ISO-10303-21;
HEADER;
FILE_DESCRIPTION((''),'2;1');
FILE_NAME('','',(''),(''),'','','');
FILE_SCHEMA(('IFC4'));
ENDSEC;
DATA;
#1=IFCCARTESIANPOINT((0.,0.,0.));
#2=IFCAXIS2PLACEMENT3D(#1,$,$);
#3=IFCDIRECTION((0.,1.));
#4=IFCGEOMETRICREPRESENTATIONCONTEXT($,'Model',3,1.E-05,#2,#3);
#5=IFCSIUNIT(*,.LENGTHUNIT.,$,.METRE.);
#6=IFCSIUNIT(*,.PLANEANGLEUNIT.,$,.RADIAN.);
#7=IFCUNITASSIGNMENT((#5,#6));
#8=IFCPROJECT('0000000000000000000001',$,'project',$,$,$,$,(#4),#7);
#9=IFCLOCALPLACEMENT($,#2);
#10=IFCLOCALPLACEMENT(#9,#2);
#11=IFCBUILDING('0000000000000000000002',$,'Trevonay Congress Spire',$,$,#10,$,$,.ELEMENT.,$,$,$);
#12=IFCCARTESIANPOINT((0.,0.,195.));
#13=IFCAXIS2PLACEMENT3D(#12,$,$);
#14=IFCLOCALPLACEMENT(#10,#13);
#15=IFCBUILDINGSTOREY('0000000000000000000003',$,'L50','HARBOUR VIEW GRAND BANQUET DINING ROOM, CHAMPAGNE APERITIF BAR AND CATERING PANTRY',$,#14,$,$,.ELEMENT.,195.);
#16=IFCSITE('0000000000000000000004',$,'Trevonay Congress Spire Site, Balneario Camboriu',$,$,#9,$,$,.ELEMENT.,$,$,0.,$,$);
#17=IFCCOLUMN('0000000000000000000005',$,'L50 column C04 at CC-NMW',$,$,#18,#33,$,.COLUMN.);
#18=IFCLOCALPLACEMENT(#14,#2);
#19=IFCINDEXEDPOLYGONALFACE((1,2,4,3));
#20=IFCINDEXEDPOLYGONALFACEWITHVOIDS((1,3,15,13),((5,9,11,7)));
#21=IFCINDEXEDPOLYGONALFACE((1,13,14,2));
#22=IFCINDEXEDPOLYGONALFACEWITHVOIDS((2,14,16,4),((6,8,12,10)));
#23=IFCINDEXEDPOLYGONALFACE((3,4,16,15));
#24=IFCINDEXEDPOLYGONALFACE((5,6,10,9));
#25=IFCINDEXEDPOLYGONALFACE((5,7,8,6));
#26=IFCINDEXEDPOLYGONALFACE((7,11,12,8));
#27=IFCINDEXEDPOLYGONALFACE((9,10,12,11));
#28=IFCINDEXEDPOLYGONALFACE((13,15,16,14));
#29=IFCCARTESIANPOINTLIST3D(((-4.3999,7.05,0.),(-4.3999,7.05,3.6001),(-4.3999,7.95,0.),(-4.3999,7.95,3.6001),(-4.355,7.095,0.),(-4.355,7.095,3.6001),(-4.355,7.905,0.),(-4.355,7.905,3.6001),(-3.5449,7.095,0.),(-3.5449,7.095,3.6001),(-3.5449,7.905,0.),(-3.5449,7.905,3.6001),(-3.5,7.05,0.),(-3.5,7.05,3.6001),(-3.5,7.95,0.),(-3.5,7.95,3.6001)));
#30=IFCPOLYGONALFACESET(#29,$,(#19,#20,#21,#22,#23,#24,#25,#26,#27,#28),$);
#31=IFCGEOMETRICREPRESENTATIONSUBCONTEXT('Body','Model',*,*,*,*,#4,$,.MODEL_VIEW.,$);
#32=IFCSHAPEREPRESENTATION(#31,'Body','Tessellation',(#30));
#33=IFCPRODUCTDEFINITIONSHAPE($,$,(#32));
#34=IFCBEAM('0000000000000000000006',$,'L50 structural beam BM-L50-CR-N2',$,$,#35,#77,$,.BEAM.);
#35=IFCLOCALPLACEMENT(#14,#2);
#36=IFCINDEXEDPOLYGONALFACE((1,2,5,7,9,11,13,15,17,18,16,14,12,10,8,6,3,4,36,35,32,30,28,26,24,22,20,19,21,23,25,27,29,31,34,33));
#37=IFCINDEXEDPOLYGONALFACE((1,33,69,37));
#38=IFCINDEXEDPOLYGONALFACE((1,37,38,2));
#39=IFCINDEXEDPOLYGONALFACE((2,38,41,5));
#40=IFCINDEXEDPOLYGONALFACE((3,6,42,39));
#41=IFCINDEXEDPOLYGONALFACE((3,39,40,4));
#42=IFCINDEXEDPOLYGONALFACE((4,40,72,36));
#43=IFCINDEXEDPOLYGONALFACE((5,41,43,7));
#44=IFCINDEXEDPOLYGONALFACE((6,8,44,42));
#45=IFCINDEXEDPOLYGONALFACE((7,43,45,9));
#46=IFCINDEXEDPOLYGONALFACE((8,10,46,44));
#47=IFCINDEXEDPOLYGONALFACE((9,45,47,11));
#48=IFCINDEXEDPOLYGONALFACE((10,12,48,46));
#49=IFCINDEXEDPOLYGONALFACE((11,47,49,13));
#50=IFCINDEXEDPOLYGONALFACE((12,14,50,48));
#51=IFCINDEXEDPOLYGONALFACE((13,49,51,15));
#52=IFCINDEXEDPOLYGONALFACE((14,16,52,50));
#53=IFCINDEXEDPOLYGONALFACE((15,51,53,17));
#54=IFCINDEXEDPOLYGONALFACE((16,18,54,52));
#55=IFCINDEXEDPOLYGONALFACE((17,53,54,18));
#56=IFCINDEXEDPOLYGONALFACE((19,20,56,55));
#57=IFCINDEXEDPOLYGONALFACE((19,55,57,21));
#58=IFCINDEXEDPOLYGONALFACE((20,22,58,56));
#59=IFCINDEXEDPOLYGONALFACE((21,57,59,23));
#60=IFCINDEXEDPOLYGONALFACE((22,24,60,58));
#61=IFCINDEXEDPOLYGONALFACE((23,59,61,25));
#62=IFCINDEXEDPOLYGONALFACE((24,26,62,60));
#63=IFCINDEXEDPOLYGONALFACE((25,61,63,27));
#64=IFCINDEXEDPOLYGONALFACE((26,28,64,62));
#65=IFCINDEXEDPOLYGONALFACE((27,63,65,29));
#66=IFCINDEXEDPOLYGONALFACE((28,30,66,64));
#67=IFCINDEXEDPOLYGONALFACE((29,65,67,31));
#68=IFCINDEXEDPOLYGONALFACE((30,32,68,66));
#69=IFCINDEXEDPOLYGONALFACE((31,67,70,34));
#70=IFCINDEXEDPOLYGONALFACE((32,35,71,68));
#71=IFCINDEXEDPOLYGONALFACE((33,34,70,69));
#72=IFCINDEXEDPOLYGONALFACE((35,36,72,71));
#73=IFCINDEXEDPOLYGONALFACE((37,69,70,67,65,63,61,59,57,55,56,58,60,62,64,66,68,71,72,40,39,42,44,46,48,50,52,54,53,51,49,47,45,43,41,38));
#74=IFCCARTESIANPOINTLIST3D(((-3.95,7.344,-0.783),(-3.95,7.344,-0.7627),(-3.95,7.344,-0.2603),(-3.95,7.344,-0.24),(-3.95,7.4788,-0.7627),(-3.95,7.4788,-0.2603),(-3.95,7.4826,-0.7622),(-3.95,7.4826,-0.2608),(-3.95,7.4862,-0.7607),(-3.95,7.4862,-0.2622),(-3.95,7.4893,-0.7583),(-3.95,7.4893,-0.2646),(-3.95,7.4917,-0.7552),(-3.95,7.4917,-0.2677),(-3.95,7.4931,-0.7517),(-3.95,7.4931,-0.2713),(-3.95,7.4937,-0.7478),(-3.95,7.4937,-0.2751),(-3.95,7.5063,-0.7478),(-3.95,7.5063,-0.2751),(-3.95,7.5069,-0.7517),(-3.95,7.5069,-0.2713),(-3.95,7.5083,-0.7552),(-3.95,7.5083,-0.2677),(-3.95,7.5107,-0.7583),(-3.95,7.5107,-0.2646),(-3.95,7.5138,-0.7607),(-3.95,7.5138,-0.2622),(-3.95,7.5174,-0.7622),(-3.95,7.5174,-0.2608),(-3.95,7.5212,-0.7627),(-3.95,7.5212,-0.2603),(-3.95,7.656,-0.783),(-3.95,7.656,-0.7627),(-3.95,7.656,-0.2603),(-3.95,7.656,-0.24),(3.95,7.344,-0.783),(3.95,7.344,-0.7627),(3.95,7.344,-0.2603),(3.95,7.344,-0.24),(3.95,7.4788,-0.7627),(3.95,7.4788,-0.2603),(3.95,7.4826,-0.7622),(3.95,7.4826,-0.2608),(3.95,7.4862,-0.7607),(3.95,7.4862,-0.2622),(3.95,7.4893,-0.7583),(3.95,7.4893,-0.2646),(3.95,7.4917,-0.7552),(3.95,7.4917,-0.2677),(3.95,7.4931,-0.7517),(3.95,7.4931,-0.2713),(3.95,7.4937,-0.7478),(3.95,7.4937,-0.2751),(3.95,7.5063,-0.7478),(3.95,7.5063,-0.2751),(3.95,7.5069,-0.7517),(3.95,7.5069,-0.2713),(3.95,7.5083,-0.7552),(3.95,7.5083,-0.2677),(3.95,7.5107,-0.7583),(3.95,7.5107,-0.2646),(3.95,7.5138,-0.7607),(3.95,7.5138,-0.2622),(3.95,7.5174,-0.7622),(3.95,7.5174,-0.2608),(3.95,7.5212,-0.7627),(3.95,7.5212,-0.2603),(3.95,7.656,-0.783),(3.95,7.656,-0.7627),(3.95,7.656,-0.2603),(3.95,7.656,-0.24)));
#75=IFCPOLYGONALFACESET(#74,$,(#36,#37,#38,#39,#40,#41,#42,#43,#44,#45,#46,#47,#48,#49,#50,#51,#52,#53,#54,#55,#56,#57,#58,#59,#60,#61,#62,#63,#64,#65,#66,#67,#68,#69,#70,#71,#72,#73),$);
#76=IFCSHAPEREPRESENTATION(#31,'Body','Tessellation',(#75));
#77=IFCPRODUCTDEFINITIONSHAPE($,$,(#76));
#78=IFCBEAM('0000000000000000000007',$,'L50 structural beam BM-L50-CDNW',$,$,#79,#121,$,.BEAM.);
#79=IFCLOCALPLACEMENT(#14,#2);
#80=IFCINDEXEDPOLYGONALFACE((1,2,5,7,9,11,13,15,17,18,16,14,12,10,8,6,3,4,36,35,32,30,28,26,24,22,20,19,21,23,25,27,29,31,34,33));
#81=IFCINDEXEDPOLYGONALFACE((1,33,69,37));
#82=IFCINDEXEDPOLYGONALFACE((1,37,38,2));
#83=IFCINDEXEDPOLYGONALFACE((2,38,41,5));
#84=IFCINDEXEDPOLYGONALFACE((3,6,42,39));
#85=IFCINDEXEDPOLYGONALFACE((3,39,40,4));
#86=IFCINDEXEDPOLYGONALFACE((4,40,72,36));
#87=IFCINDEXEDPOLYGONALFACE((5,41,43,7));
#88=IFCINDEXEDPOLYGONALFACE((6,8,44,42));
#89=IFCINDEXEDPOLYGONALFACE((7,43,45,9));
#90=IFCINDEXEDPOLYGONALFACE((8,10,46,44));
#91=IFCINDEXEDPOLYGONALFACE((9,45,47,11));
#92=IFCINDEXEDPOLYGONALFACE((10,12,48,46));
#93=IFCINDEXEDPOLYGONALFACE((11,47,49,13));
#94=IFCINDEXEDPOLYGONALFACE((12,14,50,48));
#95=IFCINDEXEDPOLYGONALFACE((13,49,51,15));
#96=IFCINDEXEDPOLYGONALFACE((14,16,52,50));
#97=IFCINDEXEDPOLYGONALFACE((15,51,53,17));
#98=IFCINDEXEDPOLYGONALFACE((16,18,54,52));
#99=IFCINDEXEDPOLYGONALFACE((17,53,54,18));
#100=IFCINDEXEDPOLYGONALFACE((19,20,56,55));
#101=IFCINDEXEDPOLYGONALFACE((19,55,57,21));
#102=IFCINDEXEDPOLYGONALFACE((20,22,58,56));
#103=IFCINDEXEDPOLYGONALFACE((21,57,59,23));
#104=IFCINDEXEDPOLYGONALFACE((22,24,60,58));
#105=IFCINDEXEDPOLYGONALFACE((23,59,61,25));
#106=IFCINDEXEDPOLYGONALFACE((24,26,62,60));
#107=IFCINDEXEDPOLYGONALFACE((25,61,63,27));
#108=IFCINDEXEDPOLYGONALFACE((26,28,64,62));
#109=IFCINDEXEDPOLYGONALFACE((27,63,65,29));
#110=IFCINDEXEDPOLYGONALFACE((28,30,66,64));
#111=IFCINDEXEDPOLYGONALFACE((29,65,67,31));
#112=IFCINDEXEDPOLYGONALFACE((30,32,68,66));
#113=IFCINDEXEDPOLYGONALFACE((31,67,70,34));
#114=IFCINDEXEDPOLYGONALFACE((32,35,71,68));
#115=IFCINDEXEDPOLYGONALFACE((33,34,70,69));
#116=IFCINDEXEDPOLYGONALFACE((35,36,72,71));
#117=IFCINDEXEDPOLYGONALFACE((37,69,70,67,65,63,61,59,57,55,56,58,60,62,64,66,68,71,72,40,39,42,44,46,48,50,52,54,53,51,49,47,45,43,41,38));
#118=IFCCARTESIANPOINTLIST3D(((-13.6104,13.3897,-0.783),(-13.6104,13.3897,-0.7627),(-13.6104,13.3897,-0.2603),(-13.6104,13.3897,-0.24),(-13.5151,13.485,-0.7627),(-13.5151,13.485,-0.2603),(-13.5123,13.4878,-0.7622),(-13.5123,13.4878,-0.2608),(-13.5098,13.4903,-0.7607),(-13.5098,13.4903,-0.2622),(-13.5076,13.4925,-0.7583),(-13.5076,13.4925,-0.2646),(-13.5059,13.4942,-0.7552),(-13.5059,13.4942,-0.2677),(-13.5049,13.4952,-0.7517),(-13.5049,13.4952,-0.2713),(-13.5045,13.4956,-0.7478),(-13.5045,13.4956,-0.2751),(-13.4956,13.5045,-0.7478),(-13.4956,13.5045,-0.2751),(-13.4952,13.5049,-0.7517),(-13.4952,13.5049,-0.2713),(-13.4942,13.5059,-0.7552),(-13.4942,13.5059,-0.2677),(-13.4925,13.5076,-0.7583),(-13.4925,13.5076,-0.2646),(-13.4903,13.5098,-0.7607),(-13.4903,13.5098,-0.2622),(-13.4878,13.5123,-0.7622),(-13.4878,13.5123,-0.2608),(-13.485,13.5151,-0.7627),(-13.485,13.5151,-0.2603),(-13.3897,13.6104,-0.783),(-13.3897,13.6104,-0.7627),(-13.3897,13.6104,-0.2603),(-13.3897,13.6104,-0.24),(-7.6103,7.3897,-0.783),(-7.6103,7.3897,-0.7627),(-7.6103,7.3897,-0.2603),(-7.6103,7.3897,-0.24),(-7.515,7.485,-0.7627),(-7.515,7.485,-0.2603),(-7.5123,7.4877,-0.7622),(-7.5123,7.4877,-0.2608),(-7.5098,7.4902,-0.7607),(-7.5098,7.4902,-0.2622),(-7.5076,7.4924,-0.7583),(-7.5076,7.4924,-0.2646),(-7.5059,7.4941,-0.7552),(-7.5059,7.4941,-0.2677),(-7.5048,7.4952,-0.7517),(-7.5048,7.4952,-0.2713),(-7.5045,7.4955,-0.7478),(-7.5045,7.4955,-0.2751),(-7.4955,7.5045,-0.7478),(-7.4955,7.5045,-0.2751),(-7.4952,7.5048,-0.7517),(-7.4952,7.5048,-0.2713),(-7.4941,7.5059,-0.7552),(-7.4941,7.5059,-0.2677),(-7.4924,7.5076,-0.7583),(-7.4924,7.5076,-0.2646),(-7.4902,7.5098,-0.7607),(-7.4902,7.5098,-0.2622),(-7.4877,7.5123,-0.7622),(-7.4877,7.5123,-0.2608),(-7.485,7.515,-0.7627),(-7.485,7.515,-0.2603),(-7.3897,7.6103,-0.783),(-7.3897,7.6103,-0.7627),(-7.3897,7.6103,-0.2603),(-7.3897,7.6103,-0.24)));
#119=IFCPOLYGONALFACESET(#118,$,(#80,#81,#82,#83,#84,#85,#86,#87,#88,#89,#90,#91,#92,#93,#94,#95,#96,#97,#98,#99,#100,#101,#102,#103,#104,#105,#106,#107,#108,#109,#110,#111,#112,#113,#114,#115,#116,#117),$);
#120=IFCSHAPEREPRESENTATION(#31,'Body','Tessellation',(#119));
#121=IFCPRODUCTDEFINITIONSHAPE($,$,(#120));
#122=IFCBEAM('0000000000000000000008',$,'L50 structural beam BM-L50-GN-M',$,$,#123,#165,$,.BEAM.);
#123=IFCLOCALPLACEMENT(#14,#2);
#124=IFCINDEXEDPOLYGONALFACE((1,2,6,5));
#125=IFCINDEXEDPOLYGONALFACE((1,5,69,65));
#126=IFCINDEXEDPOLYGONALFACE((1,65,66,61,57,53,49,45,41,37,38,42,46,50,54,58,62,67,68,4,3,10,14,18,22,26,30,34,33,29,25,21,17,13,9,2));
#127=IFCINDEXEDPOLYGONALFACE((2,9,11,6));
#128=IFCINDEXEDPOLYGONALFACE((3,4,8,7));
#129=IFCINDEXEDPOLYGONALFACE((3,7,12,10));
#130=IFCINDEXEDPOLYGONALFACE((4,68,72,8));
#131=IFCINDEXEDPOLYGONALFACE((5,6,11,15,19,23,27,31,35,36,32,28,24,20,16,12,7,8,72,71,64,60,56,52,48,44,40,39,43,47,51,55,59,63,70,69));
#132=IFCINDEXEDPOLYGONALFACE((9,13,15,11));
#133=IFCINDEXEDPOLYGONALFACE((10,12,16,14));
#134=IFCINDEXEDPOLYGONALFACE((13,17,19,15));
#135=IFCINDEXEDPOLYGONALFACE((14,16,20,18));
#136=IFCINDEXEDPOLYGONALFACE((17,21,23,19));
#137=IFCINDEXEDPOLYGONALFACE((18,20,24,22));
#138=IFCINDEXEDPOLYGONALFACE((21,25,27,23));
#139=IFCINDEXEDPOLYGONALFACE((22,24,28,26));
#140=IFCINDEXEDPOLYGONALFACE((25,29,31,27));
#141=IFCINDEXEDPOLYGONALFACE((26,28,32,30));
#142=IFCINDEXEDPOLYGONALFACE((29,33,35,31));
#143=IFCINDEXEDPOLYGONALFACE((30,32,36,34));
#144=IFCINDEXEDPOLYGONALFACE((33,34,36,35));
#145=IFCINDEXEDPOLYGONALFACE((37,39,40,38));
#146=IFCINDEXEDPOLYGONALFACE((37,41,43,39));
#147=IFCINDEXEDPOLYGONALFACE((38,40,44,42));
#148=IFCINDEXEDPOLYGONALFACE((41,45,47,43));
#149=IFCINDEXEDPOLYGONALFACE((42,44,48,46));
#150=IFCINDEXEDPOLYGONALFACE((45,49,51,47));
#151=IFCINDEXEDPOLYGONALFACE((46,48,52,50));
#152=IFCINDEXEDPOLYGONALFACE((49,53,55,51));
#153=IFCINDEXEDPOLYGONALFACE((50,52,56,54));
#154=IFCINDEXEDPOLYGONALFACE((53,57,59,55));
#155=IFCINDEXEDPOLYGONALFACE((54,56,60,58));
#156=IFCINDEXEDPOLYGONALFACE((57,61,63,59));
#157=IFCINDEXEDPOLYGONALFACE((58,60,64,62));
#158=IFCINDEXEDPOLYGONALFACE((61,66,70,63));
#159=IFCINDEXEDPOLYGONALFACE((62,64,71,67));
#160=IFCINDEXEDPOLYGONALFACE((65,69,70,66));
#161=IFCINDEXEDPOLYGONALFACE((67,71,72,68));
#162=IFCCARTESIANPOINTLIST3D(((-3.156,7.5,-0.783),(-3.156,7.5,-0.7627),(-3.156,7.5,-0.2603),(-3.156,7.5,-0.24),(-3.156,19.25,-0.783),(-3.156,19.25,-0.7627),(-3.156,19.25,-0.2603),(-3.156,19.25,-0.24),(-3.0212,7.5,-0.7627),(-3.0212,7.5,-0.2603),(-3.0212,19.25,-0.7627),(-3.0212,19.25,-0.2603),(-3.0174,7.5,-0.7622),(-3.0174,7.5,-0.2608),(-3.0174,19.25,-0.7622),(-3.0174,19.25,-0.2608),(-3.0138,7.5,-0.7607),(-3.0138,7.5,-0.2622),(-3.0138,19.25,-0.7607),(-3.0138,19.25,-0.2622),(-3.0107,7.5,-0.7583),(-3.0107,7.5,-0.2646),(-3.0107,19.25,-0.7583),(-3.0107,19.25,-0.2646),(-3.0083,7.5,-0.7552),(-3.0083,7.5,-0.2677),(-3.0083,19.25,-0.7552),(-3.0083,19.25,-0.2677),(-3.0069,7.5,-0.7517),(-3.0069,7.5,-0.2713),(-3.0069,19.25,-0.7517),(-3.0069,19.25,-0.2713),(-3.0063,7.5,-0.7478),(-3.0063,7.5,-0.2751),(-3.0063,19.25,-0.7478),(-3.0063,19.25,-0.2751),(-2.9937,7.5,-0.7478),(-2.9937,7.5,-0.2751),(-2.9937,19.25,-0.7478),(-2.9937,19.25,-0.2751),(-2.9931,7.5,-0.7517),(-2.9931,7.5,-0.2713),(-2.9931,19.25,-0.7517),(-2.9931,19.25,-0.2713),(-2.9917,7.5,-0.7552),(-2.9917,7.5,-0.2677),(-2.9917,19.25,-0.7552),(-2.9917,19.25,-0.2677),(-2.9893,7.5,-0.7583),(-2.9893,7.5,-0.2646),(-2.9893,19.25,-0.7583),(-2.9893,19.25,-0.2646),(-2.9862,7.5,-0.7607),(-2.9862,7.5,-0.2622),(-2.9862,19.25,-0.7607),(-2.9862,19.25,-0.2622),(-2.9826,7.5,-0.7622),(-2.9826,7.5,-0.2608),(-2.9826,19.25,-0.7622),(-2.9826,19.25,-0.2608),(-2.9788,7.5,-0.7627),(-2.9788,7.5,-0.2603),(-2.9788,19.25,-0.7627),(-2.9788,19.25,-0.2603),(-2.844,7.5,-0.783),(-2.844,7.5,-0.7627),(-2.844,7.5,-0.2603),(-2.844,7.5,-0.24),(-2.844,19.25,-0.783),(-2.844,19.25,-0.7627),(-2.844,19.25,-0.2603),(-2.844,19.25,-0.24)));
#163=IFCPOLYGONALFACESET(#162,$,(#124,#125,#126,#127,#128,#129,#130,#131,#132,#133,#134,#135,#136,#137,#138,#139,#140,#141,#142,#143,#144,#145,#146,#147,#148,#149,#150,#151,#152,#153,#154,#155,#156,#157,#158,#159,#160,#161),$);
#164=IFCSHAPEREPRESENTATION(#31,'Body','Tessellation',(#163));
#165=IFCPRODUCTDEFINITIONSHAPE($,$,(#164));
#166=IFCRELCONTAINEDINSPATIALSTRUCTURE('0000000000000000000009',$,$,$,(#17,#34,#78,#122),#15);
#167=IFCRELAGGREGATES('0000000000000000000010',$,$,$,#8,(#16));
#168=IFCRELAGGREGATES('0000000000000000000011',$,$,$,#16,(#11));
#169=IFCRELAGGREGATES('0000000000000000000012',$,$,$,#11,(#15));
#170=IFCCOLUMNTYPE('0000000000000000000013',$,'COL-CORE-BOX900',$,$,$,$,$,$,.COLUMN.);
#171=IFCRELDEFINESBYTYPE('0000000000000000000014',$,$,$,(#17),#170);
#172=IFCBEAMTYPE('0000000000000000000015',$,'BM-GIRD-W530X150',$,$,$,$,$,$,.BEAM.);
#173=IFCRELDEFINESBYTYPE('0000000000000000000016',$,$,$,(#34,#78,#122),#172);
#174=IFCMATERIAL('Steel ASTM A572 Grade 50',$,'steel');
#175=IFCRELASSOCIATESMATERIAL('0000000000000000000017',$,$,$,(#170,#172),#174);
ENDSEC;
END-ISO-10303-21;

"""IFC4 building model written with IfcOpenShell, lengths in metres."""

from ifc_helpers import new_model, si_unit, direction, frame, origin, origin_2d, place, context, subcontext, project, spatial, hollow_rectangle, i_section, extrude, material, material_profile, profile_set, type_object, element, save


model = new_model("IFC4")

# Units and contexts
model_context = context("Model", 3, precision=1e-05, world=origin(), true_north=direction((0.0, 1.0)))
body_context = subcontext(model_context, "Body", "Model", "MODEL_VIEW")
ifc_project = project(units=[si_unit("LENGTHUNIT", "METRE"), si_unit("PLANEANGLEUNIT", "RADIAN")], contexts=[model_context])

# Site, building, storey
site_placement = place(None, origin())
site = spatial("IfcSite", under=ifc_project, at=site_placement, Name="Trevonay Congress Spire Site, Balneario Camboriu", CompositionType="ELEMENT", RefElevation=0.0)
building_placement = place(site_placement, origin())
building = spatial("IfcBuilding", under=site, at=building_placement, Name="Trevonay Congress Spire", CompositionType="ELEMENT")
storey_placement = place(building_placement, frame((0.0, 0.0, 195.0)))
storey = spatial("IfcBuildingStorey", under=building, at=storey_placement, Name="L50", Description="HARBOUR VIEW GRAND BANQUET DINING ROOM, CHAMPAGNE APERITIF BAR AND CATERING PANTRY", CompositionType="ELEMENT", Elevation=195.0)

# Column
ifc_material_1 = material(Name="Steel ASTM A572 Grade 50", Category="steel")
ifc_material_profile_1 = material_profile(ifc_material_1, hollow_rectangle(XDim=0.8999, YDim=0.8999, WallThickness=0.0449, at=origin_2d()), Name="BOX 900x900x45")
ifc_profile_set_1 = profile_set([ifc_material_profile_1], Name="Steel ASTM A572 Grade 50")
column_type = type_object("IfcColumnType", Name="COL-CORE-BOX900", PredefinedType="COLUMN", material=ifc_profile_set_1)
column_placement = place(storey_placement, frame((-3.95, 7.5, 0.0), z_axis=(0.0, 0.0, 1.0), x_axis=(1.0, 0.0, 0.0)))
element("IfcColumn", 1, at=column_placement, inside=storey, type_object=column_type, Name="L50 column C04 at CC-NMW", PredefinedType="COLUMN", context=body_context, shape_type="SweptSolid", body=[
    extrude(hollow_rectangle(XDim=0.8999, YDim=0.8999, WallThickness=0.0449, at=origin_2d()), origin(), (0.0, 0.0, 1.0), 3.6001),
])

# Beams
ifc_material_profile_2 = material_profile(ifc_material_1, i_section(OverallWidth=0.312, OverallDepth=0.543, WebThickness=0.0127, FlangeThickness=0.0203, FilletRadius=0.0149, at=origin_2d()), Name="W530x150")
ifc_profile_set_2 = profile_set([ifc_material_profile_2], Name="Steel ASTM A572 Grade 50")
beam_type_1 = type_object("IfcBeamType", Name="BM-GIRD-W530X150", PredefinedType="BEAM", material=ifc_profile_set_2)
beam_1_placement = place(storey_placement, frame((-3.95, 7.5, -0.5115), z_axis=(1.0, 0.0, 0.0), x_axis=(0.0, 1.0, 0.0)))
element("IfcBeam", 2, at=beam_1_placement, inside=storey, type_object=beam_type_1, Name="L50 structural beam BM-L50-CR-N2", PredefinedType="BEAM", context=body_context, shape_type="SweptSolid", body=[
    extrude(i_section(OverallWidth=0.312, OverallDepth=0.543, WebThickness=0.0127, FlangeThickness=0.0203, FilletRadius=0.0149, at=origin_2d()), origin(), (0.0, 0.0, 1.0), 7.8999),
])
beam_2_placement = place(storey_placement, frame((-7.5, 7.5, -0.5115), z_axis=(-0.707107, 0.707107, 0.0), x_axis=(-0.707107, -0.707107, 0.0)))
element("IfcBeam", 3, at=beam_2_placement, inside=storey, type_object=beam_type_1, Name="L50 structural beam BM-L50-CDNW", PredefinedType="BEAM", context=body_context, shape_type="SweptSolid", body=[
    extrude(i_section(OverallWidth=0.312, OverallDepth=0.543, WebThickness=0.0127, FlangeThickness=0.0203, FilletRadius=0.0149, at=origin_2d()), origin(), (0.0, 0.0, 1.0), 8.4854),
])
beam_3_placement = place(storey_placement, frame((-3.0, 7.5, -0.5115), z_axis=(0.0, 1.0, 0.0), x_axis=(-1.0, 0.0, 0.0)))
element("IfcBeam", 4, at=beam_3_placement, inside=storey, type_object=beam_type_1, Name="L50 structural beam BM-L50-GN-M", PredefinedType="BEAM", context=body_context, shape_type="SweptSolid", body=[
    extrude(i_section(OverallWidth=0.312, OverallDepth=0.543, WebThickness=0.0127, FlangeThickness=0.0203, FilletRadius=0.0149, at=origin_2d()), origin(), (0.0, 0.0, 1.0), 11.75),
])

save(model, "model.ifc")
